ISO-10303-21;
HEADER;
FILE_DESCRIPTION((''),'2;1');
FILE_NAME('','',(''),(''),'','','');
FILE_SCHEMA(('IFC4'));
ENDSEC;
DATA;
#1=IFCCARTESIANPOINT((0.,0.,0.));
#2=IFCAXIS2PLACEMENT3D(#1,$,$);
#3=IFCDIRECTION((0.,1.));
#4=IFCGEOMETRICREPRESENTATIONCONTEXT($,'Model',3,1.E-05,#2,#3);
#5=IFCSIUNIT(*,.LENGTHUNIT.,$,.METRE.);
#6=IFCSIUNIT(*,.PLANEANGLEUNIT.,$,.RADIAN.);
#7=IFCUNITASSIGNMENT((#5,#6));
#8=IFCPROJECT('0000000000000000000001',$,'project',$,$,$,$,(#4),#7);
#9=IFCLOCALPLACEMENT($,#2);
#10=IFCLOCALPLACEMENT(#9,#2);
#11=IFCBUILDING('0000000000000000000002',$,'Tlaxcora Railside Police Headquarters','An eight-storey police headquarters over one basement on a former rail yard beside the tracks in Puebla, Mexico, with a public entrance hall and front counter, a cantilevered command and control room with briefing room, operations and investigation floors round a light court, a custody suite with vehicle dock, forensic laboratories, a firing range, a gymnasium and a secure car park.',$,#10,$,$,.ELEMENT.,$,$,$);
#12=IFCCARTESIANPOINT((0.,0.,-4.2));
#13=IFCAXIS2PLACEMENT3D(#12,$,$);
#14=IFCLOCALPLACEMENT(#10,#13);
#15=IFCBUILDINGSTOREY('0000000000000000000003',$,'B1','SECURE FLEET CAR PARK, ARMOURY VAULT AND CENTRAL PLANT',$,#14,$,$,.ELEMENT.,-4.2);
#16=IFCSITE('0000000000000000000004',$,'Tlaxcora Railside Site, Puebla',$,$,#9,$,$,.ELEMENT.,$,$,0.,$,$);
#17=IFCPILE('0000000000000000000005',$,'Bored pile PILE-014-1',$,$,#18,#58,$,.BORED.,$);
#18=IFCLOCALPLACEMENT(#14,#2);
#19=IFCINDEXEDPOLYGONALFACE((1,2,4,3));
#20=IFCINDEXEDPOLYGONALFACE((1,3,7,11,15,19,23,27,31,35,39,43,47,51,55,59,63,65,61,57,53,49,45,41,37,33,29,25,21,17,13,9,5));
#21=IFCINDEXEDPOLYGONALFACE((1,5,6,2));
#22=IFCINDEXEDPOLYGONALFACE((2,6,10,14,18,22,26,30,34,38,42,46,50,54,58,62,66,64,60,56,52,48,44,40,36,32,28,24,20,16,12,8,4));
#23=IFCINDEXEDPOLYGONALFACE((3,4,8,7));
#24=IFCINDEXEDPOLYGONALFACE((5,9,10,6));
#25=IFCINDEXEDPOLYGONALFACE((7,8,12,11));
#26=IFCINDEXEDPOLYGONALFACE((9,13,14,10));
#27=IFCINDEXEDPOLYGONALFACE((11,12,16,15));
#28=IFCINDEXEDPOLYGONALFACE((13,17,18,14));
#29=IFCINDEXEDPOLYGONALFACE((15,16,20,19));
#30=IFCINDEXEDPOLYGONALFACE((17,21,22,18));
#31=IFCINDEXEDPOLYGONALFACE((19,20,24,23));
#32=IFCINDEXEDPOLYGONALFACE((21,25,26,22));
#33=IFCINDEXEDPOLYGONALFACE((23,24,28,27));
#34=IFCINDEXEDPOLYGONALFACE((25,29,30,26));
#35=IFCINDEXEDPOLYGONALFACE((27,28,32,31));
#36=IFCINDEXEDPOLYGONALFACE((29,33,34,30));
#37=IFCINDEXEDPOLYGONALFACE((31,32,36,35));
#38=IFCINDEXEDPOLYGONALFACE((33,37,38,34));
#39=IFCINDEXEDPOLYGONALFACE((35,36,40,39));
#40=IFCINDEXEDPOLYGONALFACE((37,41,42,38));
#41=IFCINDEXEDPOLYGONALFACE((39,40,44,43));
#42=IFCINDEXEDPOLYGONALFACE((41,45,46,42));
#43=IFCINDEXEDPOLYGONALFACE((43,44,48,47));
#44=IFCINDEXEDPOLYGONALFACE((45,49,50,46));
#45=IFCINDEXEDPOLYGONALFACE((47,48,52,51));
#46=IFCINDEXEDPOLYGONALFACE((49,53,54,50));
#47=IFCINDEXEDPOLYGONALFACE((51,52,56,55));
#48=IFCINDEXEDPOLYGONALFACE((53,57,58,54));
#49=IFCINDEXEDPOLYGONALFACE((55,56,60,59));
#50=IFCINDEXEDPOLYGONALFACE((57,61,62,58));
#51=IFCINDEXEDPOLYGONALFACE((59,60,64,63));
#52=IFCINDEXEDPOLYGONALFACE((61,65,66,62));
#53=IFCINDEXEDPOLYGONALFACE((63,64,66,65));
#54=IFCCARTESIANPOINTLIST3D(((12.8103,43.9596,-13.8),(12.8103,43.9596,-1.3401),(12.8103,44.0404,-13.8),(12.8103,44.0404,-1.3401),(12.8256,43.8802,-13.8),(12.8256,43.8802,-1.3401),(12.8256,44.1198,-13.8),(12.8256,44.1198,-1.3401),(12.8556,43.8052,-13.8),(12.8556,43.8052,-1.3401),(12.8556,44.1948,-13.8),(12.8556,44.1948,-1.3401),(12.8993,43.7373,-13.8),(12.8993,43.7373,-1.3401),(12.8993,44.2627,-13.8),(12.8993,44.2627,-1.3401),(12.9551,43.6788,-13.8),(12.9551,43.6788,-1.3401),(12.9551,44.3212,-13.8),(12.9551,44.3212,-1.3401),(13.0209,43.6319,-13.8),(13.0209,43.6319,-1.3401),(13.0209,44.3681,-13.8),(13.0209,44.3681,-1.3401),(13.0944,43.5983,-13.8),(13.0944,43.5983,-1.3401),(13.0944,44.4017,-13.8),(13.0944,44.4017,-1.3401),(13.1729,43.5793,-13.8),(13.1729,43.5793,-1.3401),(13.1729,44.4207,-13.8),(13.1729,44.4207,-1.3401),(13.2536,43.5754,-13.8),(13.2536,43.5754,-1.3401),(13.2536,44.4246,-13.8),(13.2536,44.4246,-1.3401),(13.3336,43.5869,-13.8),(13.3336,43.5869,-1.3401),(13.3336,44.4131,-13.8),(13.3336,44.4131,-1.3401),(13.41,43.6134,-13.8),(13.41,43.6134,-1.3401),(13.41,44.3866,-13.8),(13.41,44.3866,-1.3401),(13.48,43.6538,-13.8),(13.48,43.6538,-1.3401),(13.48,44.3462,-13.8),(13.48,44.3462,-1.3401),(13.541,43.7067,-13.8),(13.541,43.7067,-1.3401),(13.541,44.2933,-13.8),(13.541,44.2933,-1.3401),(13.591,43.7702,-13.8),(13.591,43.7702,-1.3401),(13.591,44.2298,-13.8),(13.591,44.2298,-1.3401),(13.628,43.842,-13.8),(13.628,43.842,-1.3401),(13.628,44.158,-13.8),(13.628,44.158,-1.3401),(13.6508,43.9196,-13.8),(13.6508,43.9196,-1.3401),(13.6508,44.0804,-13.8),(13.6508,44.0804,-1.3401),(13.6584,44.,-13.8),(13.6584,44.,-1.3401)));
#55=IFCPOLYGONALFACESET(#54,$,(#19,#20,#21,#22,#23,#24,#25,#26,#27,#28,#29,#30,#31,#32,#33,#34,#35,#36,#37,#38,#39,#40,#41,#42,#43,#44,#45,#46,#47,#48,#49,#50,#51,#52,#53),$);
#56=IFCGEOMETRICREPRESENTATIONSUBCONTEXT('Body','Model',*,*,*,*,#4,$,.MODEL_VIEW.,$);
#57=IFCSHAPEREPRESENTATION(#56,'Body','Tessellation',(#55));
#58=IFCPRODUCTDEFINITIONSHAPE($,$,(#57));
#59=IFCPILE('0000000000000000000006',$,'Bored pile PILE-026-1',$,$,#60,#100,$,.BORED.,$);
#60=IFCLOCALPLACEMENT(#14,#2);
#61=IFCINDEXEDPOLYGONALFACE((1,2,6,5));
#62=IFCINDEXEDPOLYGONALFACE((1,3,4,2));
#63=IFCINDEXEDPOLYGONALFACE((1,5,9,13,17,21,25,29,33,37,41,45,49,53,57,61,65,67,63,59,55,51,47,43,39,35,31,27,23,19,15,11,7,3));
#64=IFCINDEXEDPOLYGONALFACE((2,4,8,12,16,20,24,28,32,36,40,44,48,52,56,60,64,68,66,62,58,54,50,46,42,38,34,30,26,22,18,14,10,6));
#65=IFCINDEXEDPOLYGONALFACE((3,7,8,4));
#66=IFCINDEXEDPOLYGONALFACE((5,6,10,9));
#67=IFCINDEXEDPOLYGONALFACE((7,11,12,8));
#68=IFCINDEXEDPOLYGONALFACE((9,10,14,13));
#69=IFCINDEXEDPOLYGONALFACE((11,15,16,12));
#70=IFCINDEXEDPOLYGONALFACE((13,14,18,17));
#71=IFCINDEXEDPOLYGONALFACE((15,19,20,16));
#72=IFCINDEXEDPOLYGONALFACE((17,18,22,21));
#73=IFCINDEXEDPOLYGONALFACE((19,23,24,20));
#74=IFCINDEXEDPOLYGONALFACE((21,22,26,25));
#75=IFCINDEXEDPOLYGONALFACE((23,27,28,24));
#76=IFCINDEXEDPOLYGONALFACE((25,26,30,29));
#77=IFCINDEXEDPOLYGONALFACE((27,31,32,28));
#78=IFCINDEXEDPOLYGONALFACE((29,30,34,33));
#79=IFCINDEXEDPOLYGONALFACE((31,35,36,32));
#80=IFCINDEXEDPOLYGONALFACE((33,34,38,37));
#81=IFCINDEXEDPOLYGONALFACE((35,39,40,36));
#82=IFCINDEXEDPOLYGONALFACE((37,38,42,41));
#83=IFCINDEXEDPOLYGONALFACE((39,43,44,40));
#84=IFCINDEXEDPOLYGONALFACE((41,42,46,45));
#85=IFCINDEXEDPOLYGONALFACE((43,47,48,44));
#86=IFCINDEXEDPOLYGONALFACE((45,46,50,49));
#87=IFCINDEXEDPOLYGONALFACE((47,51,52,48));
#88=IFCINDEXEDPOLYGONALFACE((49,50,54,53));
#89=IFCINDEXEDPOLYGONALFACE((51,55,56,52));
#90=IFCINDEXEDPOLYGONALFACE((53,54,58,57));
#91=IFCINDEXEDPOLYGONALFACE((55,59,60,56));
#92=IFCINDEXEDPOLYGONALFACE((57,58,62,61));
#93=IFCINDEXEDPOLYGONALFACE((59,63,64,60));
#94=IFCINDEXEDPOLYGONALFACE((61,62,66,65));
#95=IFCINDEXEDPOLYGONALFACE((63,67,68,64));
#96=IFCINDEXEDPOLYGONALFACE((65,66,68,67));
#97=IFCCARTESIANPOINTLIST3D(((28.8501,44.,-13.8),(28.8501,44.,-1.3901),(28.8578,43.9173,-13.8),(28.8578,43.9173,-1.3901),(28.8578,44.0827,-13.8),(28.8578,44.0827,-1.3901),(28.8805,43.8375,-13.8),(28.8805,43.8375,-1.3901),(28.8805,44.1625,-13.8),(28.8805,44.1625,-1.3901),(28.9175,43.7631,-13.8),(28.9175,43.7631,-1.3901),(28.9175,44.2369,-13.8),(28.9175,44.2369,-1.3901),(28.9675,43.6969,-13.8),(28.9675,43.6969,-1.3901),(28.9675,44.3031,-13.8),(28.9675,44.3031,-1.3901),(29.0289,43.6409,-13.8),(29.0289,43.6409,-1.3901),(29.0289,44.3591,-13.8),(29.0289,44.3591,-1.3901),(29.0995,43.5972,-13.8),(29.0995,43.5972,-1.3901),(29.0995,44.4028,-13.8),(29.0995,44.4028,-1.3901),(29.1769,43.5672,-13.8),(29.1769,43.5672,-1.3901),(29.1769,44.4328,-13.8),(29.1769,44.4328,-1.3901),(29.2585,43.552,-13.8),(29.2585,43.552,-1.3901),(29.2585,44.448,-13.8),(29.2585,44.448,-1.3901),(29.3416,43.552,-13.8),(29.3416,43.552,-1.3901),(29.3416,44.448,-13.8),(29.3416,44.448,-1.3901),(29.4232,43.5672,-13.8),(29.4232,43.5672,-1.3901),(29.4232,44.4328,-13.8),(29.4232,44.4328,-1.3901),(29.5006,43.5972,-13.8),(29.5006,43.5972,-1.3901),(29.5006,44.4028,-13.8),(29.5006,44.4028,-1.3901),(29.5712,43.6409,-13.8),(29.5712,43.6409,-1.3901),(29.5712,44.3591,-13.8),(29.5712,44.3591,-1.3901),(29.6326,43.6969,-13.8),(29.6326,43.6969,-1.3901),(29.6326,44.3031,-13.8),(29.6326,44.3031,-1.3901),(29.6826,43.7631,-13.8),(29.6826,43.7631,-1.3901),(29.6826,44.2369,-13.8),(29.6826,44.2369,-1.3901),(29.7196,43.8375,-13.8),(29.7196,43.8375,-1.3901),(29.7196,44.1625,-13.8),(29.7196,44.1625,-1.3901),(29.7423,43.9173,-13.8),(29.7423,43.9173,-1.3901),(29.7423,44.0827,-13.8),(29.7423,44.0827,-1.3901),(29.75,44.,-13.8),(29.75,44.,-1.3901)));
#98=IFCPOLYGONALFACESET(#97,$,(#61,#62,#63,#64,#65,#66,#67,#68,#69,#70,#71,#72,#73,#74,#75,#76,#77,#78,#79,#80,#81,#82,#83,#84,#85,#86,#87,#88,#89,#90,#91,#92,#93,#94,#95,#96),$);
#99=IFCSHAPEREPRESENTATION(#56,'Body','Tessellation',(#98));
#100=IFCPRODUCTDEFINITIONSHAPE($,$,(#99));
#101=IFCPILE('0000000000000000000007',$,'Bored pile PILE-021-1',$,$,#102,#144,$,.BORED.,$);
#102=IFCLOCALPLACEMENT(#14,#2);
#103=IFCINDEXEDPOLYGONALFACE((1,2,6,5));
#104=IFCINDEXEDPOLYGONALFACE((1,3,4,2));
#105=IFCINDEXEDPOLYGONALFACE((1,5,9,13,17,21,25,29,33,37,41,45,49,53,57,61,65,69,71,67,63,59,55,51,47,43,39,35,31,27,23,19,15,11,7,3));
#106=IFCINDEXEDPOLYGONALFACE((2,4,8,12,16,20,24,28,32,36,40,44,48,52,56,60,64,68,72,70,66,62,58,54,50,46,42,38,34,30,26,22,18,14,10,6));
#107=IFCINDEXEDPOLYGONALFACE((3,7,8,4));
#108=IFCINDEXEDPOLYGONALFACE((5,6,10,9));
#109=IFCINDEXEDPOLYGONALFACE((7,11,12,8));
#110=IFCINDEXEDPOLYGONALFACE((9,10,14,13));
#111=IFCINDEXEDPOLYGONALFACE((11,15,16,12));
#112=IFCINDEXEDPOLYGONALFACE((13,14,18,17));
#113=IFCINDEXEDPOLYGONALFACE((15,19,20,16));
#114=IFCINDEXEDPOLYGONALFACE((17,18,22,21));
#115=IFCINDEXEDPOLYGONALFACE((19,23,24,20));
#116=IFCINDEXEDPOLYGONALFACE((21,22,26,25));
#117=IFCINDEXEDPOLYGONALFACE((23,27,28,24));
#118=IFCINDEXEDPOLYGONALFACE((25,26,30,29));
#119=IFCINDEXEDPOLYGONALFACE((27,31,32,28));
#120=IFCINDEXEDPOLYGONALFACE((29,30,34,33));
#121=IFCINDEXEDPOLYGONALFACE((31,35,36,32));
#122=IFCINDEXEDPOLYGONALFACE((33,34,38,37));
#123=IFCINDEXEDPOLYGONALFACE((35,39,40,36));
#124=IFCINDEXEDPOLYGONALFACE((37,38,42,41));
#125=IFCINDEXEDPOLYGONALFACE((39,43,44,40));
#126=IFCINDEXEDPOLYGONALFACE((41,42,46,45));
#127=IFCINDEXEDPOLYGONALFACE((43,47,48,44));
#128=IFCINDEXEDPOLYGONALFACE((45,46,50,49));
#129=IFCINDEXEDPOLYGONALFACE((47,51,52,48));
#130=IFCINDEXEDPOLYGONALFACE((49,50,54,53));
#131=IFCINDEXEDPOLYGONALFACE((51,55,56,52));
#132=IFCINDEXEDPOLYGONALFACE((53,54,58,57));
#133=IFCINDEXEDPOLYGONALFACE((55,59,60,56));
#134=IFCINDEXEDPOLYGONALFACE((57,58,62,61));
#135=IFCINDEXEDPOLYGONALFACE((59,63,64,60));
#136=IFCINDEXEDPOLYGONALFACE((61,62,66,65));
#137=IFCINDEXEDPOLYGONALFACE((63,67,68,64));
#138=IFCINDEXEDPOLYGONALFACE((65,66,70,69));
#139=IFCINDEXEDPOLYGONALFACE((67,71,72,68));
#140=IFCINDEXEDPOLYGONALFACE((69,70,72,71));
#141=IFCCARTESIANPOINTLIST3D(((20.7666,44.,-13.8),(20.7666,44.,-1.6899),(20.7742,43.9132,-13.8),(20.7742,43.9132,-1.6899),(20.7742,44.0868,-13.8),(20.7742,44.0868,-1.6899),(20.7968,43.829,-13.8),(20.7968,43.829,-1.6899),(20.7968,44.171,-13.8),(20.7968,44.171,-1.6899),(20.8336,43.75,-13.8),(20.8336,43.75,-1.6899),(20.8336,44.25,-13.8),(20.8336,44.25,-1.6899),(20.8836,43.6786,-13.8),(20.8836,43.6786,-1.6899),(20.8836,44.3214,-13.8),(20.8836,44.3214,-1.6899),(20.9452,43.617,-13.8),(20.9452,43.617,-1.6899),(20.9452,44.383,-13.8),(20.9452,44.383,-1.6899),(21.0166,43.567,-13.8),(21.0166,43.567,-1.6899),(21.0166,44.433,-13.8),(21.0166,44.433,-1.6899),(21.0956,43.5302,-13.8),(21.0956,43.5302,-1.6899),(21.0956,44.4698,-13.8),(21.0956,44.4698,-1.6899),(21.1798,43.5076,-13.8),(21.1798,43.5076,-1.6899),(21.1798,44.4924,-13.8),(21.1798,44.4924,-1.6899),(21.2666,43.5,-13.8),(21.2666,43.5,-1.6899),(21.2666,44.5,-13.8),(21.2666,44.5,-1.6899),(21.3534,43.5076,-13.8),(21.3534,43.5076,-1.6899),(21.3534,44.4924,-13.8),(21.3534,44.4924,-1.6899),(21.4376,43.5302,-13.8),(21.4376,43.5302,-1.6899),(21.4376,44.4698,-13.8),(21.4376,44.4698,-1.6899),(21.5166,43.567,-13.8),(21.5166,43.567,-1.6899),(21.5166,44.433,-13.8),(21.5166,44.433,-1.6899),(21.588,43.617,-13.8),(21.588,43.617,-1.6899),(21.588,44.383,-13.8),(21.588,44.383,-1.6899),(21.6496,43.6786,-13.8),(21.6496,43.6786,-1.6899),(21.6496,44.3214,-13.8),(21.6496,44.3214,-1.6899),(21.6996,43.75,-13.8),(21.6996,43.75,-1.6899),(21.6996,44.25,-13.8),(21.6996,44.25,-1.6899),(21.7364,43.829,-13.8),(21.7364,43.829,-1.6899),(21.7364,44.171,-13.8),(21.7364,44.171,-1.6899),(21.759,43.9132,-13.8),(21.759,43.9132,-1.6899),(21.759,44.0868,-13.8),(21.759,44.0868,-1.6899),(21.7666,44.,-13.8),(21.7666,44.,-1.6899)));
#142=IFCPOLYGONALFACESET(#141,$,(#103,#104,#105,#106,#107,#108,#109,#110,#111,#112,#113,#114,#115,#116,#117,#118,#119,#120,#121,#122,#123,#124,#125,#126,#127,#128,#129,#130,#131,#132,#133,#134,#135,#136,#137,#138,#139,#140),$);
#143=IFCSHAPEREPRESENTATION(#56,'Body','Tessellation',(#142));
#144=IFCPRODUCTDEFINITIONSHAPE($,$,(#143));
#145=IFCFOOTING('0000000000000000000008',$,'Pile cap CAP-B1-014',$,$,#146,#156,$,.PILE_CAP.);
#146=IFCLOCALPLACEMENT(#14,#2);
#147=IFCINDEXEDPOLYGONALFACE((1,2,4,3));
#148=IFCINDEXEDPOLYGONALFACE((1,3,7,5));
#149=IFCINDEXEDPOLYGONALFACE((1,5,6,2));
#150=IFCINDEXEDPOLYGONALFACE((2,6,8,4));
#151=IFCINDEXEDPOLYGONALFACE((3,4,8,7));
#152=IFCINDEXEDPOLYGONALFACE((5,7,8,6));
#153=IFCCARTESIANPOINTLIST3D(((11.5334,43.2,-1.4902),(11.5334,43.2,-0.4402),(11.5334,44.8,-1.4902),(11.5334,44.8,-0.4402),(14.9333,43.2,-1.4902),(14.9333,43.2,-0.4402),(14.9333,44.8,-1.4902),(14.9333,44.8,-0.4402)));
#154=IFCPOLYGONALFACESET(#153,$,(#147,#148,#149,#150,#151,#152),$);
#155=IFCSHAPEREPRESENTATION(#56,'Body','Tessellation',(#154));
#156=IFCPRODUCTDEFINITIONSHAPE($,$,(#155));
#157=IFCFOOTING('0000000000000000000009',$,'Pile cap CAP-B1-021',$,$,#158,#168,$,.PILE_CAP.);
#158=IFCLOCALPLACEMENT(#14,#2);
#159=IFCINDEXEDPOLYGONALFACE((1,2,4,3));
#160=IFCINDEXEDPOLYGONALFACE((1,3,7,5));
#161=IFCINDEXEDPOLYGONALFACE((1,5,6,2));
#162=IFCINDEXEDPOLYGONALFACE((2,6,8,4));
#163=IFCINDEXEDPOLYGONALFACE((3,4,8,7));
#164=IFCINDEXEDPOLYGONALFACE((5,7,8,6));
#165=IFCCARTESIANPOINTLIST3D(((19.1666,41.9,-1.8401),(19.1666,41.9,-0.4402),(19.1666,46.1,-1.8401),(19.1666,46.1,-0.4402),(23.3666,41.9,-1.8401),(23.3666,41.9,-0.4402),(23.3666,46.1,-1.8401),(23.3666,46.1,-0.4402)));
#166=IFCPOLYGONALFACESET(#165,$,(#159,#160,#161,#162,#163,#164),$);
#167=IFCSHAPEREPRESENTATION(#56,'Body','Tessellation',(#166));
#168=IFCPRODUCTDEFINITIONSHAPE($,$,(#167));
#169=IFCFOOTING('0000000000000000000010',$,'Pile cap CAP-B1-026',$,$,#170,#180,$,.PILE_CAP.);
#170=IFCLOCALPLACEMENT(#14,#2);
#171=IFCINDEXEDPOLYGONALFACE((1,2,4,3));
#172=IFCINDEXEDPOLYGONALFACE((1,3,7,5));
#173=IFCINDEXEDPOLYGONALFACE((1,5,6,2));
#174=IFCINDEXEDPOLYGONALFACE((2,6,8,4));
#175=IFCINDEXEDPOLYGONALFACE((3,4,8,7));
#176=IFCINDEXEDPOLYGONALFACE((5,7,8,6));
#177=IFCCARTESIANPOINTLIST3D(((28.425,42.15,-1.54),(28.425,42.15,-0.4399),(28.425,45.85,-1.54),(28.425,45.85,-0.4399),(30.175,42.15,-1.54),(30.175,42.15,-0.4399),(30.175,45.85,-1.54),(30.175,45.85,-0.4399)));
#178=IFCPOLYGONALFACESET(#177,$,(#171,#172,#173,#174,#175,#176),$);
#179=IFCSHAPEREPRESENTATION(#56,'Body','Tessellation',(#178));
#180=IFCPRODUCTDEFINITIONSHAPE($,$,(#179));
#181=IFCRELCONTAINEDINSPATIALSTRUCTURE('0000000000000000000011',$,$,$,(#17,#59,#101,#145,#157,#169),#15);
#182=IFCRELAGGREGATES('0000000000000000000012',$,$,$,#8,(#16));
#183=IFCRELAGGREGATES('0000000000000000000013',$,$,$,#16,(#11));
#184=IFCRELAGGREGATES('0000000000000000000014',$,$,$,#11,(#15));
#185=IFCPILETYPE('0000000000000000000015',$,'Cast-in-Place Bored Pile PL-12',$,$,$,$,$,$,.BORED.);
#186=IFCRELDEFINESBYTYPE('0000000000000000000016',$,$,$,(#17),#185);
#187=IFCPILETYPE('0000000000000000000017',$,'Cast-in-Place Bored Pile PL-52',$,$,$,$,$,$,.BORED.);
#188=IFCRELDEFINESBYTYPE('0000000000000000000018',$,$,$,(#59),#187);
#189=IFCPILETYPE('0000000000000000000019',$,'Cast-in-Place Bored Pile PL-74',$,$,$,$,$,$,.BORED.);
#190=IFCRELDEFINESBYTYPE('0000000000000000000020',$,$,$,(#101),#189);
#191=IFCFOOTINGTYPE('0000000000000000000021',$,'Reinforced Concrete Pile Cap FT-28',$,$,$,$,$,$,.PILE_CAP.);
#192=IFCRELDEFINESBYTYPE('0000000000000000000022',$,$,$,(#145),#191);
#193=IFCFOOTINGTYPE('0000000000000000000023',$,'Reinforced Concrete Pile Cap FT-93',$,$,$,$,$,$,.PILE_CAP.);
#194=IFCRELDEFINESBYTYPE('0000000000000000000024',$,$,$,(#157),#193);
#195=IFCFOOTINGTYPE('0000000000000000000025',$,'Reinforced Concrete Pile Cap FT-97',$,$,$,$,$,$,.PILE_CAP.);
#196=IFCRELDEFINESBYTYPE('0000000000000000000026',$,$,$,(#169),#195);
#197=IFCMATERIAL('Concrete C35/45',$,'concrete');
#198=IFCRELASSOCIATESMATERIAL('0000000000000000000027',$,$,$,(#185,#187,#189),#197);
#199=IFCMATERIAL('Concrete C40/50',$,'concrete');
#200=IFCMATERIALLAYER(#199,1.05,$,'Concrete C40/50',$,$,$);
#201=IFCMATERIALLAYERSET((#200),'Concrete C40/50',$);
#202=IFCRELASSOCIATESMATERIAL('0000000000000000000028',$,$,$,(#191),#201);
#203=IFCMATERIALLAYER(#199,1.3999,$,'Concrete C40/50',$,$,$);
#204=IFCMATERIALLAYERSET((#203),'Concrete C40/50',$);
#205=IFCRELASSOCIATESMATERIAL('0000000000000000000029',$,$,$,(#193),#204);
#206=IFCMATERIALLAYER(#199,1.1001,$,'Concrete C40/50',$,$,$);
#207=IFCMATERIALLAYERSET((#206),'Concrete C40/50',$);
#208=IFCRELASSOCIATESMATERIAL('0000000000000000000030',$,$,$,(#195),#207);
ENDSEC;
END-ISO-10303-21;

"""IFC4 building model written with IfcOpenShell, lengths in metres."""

from ifc_helpers import new_model, si_unit, direction, frame, origin, origin_2d, place, context, subcontext, project, spatial, rectangle, circle, extrude, material, layer, layer_set, material_profile, profile_set, type_object, element, save


model = new_model("IFC4")

# Units and contexts
model_context = context("Model", 3, precision=1e-05, world=origin(), true_north=direction((0.0, 1.0)))
body_context = subcontext(model_context, "Body", "Model", "MODEL_VIEW")
ifc_project = project(units=[si_unit("LENGTHUNIT", "METRE"), si_unit("PLANEANGLEUNIT", "RADIAN")], contexts=[model_context])

# Site, building, storey
site_placement = place(None, origin())
site = spatial("IfcSite", under=ifc_project, at=site_placement, Name="Tlaxcora Railside Site, Puebla", CompositionType="ELEMENT", RefElevation=0.0)
building_placement = place(site_placement, origin())
building = spatial("IfcBuilding", under=site, at=building_placement, Name="Tlaxcora Railside Police Headquarters", Description="An eight-storey police headquarters over one basement on a former rail yard beside the tracks in Puebla, Mexico, with a public entrance hall and front counter, a cantilevered command and control room with briefing room, operations and investigation floors round a light court, a custody suite with vehicle dock, forensic laboratories, a firing range, a gymnasium and a secure car park.", CompositionType="ELEMENT")
storey_placement = place(building_placement, frame((0.0, 0.0, -4.2)))
storey = spatial("IfcBuildingStorey", under=building, at=storey_placement, Name="B1", Description="SECURE FLEET CAR PARK, ARMOURY VAULT AND CENTRAL PLANT", CompositionType="ELEMENT", Elevation=-4.2)

# Piles
ifc_material_1 = material(Name="Concrete C35/45", Category="concrete")
ifc_material_profile_1 = material_profile(ifc_material_1, circle(Radius=0.425, at=origin_2d()), Name="PILE850")
ifc_profile_set_1 = profile_set([ifc_material_profile_1], Name="Concrete C35/45")
pile_type_1 = type_object("IfcPileType", Name="Cast-in-Place Bored Pile PL-12", PredefinedType="BORED", material=ifc_profile_set_1)
pile_1_placement = place(storey_placement, frame((13.2334, 44.0, -1.3401), z_axis=(0.0, 0.0, -1.0), x_axis=(1.0, 0.0, 0.0)))
element("IfcPile", 1, at=pile_1_placement, inside=storey, type_object=pile_type_1, Name="Bored pile PILE-014-1", PredefinedType="BORED", context=body_context, shape_type="SweptSolid", body=[
    extrude(circle(Radius=0.425, at=origin_2d()), origin(), (0.0, 0.0, 1.0), 12.46),
])
ifc_material_profile_2 = material_profile(ifc_material_1, circle(Radius=0.45, at=origin_2d()), Name="PILE900")
ifc_profile_set_2 = profile_set([ifc_material_profile_2], Name="Concrete C35/45")
pile_type_2 = type_object("IfcPileType", Name="Cast-in-Place Bored Pile PL-52", PredefinedType="BORED", material=ifc_profile_set_2)
pile_2_placement = place(storey_placement, frame((29.3, 44.0, -1.3901), z_axis=(0.0, 0.0, -1.0), x_axis=(1.0, 0.0, 0.0)))
element("IfcPile", 2, at=pile_2_placement, inside=storey, type_object=pile_type_2, Name="Bored pile PILE-026-1", PredefinedType="BORED", context=body_context, shape_type="SweptSolid", body=[
    extrude(circle(Radius=0.45, at=origin_2d()), origin(), (0.0, 0.0, 1.0), 12.4099),
])
ifc_material_profile_3 = material_profile(ifc_material_1, circle(Radius=0.5, at=origin_2d()), Name="PILE1000")
ifc_profile_set_3 = profile_set([ifc_material_profile_3], Name="Concrete C35/45")
pile_type_3 = type_object("IfcPileType", Name="Cast-in-Place Bored Pile PL-74", PredefinedType="BORED", material=ifc_profile_set_3)
pile_3_placement = place(storey_placement, frame((21.2666, 44.0, -1.6899), z_axis=(0.0, 0.0, -1.0), x_axis=(1.0, 0.0, 0.0)))
element("IfcPile", 3, at=pile_3_placement, inside=storey, type_object=pile_type_3, Name="Bored pile PILE-021-1", PredefinedType="BORED", context=body_context, shape_type="SweptSolid", body=[
    extrude(circle(Radius=0.5, at=origin_2d()), origin(), (0.0, 0.0, 1.0), 12.1101),
])

# Footings
ifc_material_2 = material(Name="Concrete C40/50", Category="concrete")
ifc_layer_1 = layer(ifc_material_2, 1.05, Name="Concrete C40/50")
ifc_layer_set_1 = layer_set([ifc_layer_1], Name="Concrete C40/50")
footing_type_1 = type_object("IfcFootingType", Name="Reinforced Concrete Pile Cap FT-28", PredefinedType="PILE_CAP", material=ifc_layer_set_1)
footing_1_placement = place(storey_placement, frame((13.2334, 44.0, -1.4902), z_axis=(0.0, 0.0, 1.0), x_axis=(1.0, 0.0, 0.0)))
element("IfcFooting", 4, at=footing_1_placement, inside=storey, type_object=footing_type_1, Name="Pile cap CAP-B1-014", PredefinedType="PILE_CAP", context=body_context, shape_type="SweptSolid", body=[
    extrude(rectangle(XDim=3.3999, YDim=1.6001, at=origin_2d()), origin(), (0.0, 0.0, 1.0), 1.05),
])
ifc_layer_2 = layer(ifc_material_2, 1.3999, Name="Concrete C40/50")
ifc_layer_set_2 = layer_set([ifc_layer_2], Name="Concrete C40/50")
footing_type_2 = type_object("IfcFootingType", Name="Reinforced Concrete Pile Cap FT-93", PredefinedType="PILE_CAP", material=ifc_layer_set_2)
footing_2_placement = place(storey_placement, frame((21.2666, 44.0, -1.8401), z_axis=(0.0, 0.0, 1.0), x_axis=(1.0, 0.0, 0.0)))
element("IfcFooting", 5, at=footing_2_placement, inside=storey, type_object=footing_type_2, Name="Pile cap CAP-B1-021", PredefinedType="PILE_CAP", context=body_context, shape_type="SweptSolid", body=[
    extrude(rectangle(XDim=4.2, YDim=4.2, at=origin_2d()), origin(), (0.0, 0.0, 1.0), 1.3999),
])
ifc_layer_3 = layer(ifc_material_2, 1.1001, Name="Concrete C40/50")
ifc_layer_set_3 = layer_set([ifc_layer_3], Name="Concrete C40/50")
footing_type_3 = type_object("IfcFootingType", Name="Reinforced Concrete Pile Cap FT-97", PredefinedType="PILE_CAP", material=ifc_layer_set_3)
footing_3_placement = place(storey_placement, frame((29.3, 44.0, -1.54), z_axis=(0.0, 0.0, 1.0), x_axis=(1.0, 0.0, 0.0)))
element("IfcFooting", 6, at=footing_3_placement, inside=storey, type_object=footing_type_3, Name="Pile cap CAP-B1-026", PredefinedType="PILE_CAP", context=body_context, shape_type="SweptSolid", body=[
    extrude(rectangle(XDim=1.75, YDim=3.7, at=origin_2d()), origin(), (0.0, 0.0, 1.0), 1.1001),
])

save(model, "model.ifc")
